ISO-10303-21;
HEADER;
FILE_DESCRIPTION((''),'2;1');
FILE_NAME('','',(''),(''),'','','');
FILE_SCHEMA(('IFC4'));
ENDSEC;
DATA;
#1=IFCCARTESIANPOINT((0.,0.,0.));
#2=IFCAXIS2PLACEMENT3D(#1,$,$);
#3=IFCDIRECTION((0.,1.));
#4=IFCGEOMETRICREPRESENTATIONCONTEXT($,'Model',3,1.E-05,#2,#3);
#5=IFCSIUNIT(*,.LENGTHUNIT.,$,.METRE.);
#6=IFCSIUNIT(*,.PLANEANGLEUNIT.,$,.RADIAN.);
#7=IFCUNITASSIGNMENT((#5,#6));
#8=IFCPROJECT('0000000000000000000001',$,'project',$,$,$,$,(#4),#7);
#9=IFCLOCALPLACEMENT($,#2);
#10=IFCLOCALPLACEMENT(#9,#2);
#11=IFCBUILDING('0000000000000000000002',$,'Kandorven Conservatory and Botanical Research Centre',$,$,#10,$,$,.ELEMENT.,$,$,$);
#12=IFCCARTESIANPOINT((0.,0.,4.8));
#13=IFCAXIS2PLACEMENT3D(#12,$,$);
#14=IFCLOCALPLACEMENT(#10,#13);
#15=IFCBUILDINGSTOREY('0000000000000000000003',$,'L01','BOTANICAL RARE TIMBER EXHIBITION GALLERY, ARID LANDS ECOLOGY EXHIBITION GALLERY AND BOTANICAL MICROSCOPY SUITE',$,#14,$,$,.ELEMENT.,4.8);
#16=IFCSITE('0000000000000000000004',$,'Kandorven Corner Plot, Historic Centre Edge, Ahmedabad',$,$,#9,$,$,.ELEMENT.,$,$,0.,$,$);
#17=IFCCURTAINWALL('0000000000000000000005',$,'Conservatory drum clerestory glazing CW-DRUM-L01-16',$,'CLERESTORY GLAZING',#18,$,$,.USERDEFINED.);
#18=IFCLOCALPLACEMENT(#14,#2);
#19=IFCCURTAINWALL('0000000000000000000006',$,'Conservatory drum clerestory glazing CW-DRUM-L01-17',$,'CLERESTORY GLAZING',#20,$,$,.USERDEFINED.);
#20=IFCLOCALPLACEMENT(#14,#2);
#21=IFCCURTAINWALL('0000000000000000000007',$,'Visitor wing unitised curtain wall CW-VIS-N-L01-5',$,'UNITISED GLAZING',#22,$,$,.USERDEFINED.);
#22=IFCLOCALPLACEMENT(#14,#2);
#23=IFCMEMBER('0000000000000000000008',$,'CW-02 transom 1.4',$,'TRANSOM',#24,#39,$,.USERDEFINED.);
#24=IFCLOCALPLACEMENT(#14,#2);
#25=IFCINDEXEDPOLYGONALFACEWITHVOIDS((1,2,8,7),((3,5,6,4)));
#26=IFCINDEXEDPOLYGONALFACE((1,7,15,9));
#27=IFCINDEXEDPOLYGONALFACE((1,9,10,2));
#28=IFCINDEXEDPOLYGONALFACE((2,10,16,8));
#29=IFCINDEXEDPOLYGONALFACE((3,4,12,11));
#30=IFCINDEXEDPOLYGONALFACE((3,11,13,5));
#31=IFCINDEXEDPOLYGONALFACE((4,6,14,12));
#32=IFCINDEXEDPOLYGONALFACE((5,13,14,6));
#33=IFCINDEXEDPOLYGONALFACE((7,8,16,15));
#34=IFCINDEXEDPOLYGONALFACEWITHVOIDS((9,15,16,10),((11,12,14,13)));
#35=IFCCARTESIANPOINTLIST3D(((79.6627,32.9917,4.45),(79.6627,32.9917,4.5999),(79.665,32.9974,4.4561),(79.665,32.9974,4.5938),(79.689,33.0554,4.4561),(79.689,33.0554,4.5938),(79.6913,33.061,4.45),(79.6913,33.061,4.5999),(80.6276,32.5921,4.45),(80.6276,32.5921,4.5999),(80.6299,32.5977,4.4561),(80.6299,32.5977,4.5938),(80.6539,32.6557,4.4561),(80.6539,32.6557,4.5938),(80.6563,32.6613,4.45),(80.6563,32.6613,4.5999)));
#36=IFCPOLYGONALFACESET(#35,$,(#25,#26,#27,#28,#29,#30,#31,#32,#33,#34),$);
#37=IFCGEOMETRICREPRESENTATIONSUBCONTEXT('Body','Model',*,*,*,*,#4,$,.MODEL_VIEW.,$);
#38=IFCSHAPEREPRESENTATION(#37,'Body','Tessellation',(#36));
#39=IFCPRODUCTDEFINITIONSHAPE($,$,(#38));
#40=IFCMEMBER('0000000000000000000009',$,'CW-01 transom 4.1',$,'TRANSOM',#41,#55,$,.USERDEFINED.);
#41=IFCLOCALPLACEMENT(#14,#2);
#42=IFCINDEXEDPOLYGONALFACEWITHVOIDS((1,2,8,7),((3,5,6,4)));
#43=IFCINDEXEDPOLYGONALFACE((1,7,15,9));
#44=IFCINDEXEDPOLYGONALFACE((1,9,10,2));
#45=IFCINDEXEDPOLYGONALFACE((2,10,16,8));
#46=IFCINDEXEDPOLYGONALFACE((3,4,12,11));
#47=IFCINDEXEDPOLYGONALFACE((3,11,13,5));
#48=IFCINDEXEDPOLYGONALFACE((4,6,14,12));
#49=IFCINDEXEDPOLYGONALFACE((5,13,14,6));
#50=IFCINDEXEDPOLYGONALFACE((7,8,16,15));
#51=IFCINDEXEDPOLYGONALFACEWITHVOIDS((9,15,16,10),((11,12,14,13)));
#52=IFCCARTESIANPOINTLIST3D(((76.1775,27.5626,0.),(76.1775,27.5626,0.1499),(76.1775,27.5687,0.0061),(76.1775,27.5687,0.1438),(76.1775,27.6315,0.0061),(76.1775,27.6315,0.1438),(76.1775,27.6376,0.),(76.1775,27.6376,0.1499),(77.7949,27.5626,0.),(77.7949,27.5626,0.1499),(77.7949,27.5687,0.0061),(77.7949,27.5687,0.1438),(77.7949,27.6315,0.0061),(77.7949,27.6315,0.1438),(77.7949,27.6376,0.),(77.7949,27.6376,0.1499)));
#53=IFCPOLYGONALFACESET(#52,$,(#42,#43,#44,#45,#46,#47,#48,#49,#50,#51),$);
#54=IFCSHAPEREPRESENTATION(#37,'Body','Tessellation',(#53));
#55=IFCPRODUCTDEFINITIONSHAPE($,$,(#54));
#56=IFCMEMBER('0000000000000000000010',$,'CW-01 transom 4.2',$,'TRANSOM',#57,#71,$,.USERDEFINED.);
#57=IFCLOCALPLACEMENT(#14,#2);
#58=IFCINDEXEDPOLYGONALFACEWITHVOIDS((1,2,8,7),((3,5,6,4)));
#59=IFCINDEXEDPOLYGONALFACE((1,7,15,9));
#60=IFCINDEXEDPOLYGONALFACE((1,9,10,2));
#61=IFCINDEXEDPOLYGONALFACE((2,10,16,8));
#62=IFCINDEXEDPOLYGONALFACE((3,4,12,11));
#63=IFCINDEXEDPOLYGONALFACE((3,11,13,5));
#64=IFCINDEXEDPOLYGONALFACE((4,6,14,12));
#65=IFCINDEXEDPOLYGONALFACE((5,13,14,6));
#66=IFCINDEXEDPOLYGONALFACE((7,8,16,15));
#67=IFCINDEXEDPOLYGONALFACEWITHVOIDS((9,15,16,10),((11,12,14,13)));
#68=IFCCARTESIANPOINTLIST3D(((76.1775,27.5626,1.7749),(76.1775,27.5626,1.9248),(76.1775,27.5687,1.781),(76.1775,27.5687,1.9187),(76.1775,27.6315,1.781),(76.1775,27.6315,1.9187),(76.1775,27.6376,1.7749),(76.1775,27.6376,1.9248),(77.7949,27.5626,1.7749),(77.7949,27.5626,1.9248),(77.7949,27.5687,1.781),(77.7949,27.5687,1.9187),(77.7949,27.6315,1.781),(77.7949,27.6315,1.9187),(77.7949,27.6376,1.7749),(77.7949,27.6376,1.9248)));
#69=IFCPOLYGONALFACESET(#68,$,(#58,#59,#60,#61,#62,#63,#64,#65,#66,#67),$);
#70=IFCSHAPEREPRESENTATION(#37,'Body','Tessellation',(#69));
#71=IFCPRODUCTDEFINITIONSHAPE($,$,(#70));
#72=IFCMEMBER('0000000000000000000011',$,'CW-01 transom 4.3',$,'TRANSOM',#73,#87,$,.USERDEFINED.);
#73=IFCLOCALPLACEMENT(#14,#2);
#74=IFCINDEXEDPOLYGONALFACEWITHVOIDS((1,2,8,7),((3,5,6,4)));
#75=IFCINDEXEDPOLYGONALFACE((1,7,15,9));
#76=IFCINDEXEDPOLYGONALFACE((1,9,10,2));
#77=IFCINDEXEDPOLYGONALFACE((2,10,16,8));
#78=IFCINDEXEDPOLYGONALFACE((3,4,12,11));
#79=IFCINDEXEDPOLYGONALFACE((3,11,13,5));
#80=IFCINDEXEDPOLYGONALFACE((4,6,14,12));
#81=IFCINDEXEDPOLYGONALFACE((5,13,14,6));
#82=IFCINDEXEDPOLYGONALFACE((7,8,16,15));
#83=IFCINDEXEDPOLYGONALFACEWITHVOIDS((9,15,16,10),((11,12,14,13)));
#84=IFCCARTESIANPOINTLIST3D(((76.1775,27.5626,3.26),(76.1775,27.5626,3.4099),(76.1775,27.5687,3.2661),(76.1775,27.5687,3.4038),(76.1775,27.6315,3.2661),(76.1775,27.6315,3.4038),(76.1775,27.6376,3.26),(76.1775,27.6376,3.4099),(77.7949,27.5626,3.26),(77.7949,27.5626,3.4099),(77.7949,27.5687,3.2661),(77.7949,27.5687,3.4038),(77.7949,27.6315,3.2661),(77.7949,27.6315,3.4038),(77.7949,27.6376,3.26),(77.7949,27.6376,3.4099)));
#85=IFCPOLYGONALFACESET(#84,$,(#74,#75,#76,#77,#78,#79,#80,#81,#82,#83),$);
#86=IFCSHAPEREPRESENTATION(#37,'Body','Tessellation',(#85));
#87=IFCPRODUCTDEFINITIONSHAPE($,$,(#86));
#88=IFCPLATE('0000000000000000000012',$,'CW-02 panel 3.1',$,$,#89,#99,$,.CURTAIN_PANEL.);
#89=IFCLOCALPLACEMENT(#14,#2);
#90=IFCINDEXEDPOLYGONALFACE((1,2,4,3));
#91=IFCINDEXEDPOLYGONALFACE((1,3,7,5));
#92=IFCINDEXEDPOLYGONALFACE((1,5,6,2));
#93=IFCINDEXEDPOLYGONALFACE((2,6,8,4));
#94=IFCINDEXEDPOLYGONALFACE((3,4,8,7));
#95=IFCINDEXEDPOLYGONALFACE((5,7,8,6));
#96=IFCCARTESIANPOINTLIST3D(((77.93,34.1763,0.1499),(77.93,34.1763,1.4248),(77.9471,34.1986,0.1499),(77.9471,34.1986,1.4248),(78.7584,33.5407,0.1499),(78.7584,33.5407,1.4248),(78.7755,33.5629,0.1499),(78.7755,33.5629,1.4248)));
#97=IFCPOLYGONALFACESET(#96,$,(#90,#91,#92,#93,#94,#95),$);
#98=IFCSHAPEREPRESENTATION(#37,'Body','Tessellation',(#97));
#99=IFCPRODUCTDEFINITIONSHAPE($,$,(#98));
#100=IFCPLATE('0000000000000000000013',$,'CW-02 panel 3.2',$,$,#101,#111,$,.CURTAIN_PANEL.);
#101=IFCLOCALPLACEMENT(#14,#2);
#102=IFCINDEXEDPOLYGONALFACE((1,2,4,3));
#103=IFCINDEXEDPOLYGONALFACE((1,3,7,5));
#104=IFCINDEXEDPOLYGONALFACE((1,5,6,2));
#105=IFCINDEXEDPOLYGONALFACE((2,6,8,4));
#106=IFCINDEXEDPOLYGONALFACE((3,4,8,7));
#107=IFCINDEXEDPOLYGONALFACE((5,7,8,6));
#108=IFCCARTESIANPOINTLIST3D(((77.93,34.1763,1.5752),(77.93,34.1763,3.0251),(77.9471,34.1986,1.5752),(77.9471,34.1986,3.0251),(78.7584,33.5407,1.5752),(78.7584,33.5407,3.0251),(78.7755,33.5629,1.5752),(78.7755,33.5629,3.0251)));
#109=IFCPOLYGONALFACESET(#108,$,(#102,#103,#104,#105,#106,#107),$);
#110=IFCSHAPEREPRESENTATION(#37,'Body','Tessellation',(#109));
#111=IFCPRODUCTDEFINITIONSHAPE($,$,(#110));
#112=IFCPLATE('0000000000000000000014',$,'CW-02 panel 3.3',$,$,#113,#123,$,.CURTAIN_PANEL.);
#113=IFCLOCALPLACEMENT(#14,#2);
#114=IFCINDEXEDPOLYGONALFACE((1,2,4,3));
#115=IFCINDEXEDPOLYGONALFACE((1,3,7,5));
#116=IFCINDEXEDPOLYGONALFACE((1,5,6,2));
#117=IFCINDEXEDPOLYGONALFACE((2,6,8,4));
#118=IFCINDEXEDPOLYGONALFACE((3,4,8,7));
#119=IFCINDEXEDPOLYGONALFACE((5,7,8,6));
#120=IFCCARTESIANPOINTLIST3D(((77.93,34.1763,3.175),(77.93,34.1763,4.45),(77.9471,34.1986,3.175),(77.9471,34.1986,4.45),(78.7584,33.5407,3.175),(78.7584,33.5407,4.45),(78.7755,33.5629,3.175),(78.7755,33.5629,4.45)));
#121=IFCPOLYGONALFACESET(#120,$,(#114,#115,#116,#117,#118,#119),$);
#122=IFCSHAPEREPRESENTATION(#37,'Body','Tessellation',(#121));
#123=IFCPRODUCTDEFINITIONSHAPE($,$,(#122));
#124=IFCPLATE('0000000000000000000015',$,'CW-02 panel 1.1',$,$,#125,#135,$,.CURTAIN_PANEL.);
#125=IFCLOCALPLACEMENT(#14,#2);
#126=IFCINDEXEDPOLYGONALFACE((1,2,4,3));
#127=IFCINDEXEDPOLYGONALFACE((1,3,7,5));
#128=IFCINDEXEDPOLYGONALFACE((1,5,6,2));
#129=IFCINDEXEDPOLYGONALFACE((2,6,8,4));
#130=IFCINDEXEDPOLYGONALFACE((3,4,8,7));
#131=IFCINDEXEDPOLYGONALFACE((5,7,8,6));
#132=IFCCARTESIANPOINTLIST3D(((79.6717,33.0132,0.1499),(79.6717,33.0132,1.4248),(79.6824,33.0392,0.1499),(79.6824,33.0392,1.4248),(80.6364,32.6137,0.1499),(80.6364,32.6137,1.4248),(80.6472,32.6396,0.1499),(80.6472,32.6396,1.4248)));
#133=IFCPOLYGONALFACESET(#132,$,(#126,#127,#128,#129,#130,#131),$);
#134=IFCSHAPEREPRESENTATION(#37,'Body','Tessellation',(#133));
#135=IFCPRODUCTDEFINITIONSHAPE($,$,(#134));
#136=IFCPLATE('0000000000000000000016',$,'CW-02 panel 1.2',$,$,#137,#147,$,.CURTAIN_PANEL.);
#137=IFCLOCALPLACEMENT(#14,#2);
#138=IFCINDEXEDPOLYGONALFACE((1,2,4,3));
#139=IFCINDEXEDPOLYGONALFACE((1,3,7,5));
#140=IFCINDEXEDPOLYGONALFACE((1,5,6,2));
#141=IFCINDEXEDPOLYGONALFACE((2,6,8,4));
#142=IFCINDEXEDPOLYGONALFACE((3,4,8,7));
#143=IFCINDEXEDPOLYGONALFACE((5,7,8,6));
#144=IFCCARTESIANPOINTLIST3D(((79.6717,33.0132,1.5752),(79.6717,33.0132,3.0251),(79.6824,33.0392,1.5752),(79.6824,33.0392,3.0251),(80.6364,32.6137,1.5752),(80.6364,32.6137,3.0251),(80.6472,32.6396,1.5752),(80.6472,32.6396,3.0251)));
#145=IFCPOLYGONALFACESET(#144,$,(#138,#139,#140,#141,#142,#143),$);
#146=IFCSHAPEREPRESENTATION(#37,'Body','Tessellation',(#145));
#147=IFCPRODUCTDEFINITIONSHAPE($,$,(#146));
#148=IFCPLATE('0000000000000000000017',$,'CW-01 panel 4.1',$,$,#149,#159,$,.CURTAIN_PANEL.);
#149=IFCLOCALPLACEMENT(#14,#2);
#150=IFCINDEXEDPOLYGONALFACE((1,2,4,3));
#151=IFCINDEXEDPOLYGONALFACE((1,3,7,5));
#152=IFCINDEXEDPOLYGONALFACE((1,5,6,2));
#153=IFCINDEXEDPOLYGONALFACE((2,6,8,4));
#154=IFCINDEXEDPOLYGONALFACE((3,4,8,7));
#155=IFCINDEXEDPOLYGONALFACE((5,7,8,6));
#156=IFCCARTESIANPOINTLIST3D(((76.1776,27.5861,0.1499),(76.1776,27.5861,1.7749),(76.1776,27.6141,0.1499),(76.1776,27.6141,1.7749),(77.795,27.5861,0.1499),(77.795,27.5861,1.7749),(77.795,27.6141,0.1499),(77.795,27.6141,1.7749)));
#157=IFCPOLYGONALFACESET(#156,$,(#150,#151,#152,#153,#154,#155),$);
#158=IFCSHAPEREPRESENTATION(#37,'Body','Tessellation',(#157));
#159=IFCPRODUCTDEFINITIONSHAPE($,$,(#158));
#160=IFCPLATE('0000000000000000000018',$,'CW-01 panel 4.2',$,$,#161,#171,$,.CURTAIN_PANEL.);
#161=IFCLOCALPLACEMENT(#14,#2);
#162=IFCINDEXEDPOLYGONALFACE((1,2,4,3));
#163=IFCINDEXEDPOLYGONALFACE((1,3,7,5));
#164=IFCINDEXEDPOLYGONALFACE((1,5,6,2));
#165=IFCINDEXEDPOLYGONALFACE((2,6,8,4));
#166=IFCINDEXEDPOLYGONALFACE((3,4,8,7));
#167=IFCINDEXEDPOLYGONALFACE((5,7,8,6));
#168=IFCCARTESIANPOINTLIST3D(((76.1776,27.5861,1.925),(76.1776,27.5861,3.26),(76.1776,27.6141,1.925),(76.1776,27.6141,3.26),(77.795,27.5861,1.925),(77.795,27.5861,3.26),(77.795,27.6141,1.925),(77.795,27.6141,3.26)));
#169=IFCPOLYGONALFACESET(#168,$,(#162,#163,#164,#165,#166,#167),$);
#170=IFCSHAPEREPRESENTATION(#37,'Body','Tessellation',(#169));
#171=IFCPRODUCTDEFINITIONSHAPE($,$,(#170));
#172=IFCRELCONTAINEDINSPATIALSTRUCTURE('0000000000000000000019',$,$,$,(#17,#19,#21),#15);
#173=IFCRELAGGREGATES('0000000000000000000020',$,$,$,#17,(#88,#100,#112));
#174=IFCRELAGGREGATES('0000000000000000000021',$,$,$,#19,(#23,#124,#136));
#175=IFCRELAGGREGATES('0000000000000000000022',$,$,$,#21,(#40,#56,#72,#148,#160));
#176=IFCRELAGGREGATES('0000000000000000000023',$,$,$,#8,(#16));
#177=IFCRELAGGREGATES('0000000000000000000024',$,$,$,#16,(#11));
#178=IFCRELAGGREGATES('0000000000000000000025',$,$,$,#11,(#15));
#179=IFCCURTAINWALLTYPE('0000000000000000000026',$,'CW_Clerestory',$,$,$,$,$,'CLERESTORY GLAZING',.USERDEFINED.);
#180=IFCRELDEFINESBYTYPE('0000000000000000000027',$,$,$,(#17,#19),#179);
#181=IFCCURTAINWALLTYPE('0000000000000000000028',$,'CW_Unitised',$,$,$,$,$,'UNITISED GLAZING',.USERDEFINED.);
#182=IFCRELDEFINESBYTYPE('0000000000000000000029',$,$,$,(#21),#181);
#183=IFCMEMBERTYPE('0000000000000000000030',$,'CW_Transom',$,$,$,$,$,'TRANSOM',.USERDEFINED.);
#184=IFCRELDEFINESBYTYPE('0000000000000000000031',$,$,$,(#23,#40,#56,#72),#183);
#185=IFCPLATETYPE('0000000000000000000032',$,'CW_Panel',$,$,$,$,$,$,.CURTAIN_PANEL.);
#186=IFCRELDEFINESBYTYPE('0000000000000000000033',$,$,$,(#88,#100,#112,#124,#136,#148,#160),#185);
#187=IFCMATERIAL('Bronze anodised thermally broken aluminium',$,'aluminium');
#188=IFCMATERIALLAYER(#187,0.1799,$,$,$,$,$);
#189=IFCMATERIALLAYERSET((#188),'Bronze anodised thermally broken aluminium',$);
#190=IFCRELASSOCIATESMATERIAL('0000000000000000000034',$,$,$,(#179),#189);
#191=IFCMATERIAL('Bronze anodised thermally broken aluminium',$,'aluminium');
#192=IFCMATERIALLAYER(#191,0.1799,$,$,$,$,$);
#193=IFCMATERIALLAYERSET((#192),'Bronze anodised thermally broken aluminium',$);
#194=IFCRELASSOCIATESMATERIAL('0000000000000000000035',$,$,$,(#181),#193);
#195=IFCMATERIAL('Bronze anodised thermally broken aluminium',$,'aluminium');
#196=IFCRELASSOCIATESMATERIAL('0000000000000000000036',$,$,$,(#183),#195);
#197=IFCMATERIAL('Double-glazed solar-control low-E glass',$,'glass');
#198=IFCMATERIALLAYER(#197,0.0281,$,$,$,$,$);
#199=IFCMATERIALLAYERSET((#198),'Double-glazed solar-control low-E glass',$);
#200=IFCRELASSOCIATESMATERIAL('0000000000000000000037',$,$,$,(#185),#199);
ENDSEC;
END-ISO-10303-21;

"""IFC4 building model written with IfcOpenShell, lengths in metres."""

from ifc_helpers import new_model, si_unit, direction, frame, origin, origin_2d, place, context, subcontext, project, spatial, rectangle, hollow_rectangle, extrude, material, layer, layer_set, material_profile, profile_set, type_object, element, aggregate, save


model = new_model("IFC4")

# Units and contexts
model_context = context("Model", 3, precision=1e-05, world=origin(), true_north=direction((0.0, 1.0)))
body_context = subcontext(model_context, "Body", "Model", "MODEL_VIEW")
ifc_project = project(units=[si_unit("LENGTHUNIT", "METRE"), si_unit("PLANEANGLEUNIT", "RADIAN")], contexts=[model_context])

# Site, building, storey
site_placement = place(None, origin())
site = spatial("IfcSite", under=ifc_project, at=site_placement, Name="Kandorven Corner Plot, Historic Centre Edge, Ahmedabad", CompositionType="ELEMENT", RefElevation=0.0)
building_placement = place(site_placement, origin())
building = spatial("IfcBuilding", under=site, at=building_placement, Name="Kandorven Conservatory and Botanical Research Centre", CompositionType="ELEMENT")
storey_placement = place(building_placement, frame((0.0, 0.0, 4.8)))
storey = spatial("IfcBuildingStorey", under=building, at=storey_placement, Name="L01", Description="BOTANICAL RARE TIMBER EXHIBITION GALLERY, ARID LANDS ECOLOGY EXHIBITION GALLERY AND BOTANICAL MICROSCOPY SUITE", CompositionType="ELEMENT", Elevation=4.8)

# Curtain walls
ifc_material_1 = material(Name="Bronze anodised thermally broken aluminium", Category="aluminium")
ifc_layer_1 = layer(ifc_material_1, 0.1799)
ifc_layer_set_1 = layer_set([ifc_layer_1], Name="Bronze anodised thermally broken aluminium")
curtain_wall_type_1 = type_object("IfcCurtainWallType", Name="CW_Clerestory", ElementType="CLERESTORY GLAZING", PredefinedType="USERDEFINED", material=ifc_layer_set_1)
curtain_wall_1_placement = place(storey_placement, origin())
curtain_wall_1 = element("IfcCurtainWall", 1, at=curtain_wall_1_placement, inside=storey, type_object=curtain_wall_type_1, Name="Conservatory drum clerestory glazing CW-DRUM-L01-16", ObjectType="CLERESTORY GLAZING", PredefinedType="USERDEFINED")
curtain_wall_2_placement = place(storey_placement, origin())
curtain_wall_2 = element("IfcCurtainWall", 2, at=curtain_wall_2_placement, inside=storey, type_object=curtain_wall_type_1, Name="Conservatory drum clerestory glazing CW-DRUM-L01-17", ObjectType="CLERESTORY GLAZING", PredefinedType="USERDEFINED")

# Curtain wall
ifc_material_2 = material(Name="Bronze anodised thermally broken aluminium", Category="aluminium")
ifc_layer_2 = layer(ifc_material_2, 0.1799)
ifc_layer_set_2 = layer_set([ifc_layer_2], Name="Bronze anodised thermally broken aluminium")
curtain_wall_type_2 = type_object("IfcCurtainWallType", Name="CW_Unitised", ElementType="UNITISED GLAZING", PredefinedType="USERDEFINED", material=ifc_layer_set_2)
curtain_wall_3_placement = place(storey_placement, origin())
curtain_wall_3 = element("IfcCurtainWall", 3, at=curtain_wall_3_placement, inside=storey, type_object=curtain_wall_type_2, Name="Visitor wing unitised curtain wall CW-VIS-N-L01-5", ObjectType="UNITISED GLAZING", PredefinedType="USERDEFINED")

# Members
ifc_material_3 = material(Name="Bronze anodised thermally broken aluminium", Category="aluminium")
ifc_material_profile_1 = material_profile(ifc_material_3, hollow_rectangle(XDim=0.075, YDim=0.1499, WallThickness=0.0061, at=origin_2d()))
ifc_profile_set_1 = profile_set([ifc_material_profile_1], Name="Bronze anodised thermally broken aluminium")
member_type_1 = type_object("IfcMemberType", Name="CW_Transom", ElementType="TRANSOM", PredefinedType="USERDEFINED", material=ifc_profile_set_1)
member_1_placement = place(storey_placement, frame((79.677, 33.0264, 4.5249), z_axis=(0.923877, -0.382689, 0.0), x_axis=(0.382689, 0.923877, 0.0)))
member_1 = element("IfcMember", 4, at=member_1_placement, type_object=member_type_1, Name="CW-02 transom 1.4", ObjectType="TRANSOM", PredefinedType="USERDEFINED", context=body_context, shape_type="SweptSolid", body=[
    extrude(hollow_rectangle(XDim=0.075, YDim=0.1499, WallThickness=0.0061, at=origin_2d()), origin(), (0.0, 0.0, 1.0), 1.0444),
])
member_2_placement = place(storey_placement, frame((76.1775, 27.6001, 0.075), z_axis=(1.0, 0.0, 0.0), x_axis=(0.0, 1.0, 0.0)))
member_2 = element("IfcMember", 5, at=member_2_placement, type_object=member_type_1, Name="CW-01 transom 4.1", ObjectType="TRANSOM", PredefinedType="USERDEFINED", context=body_context, shape_type="SweptSolid", body=[
    extrude(hollow_rectangle(XDim=0.075, YDim=0.1499, WallThickness=0.0061, at=origin_2d()), origin(), (0.0, 0.0, 1.0), 1.6174),
])
member_3_placement = place(storey_placement, frame((76.1775, 27.6001, 1.8499), z_axis=(1.0, 0.0, 0.0), x_axis=(0.0, 1.0, 0.0)))
member_3 = element("IfcMember", 6, at=member_3_placement, type_object=member_type_1, Name="CW-01 transom 4.2", ObjectType="TRANSOM", PredefinedType="USERDEFINED", context=body_context, shape_type="SweptSolid", body=[
    extrude(hollow_rectangle(XDim=0.075, YDim=0.1499, WallThickness=0.0061, at=origin_2d()), origin(), (0.0, 0.0, 1.0), 1.6174),
])
member_4_placement = place(storey_placement, frame((76.1775, 27.6001, 3.335), z_axis=(1.0, 0.0, 0.0), x_axis=(0.0, 1.0, 0.0)))
member_4 = element("IfcMember", 7, at=member_4_placement, type_object=member_type_1, Name="CW-01 transom 4.3", ObjectType="TRANSOM", PredefinedType="USERDEFINED", context=body_context, shape_type="SweptSolid", body=[
    extrude(hollow_rectangle(XDim=0.075, YDim=0.1499, WallThickness=0.0061, at=origin_2d()), origin(), (0.0, 0.0, 1.0), 1.6174),
])

# Plates
ifc_material_4 = material(Name="Double-glazed solar-control low-E glass", Category="glass")
ifc_layer_3 = layer(ifc_material_4, 0.0281)
ifc_layer_set_3 = layer_set([ifc_layer_3], Name="Double-glazed solar-control low-E glass")
plate_type = type_object("IfcPlateType", Name="CW_Panel", PredefinedType="CURTAIN_PANEL", material=ifc_layer_set_3)
plate_1_placement = place(storey_placement, frame((78.3528, 33.8696, 0.1499), z_axis=(0.0, 0.0, 1.0), x_axis=(0.793347, -0.608769, 0.0)))
plate_1 = element("IfcPlate", 8, at=plate_1_placement, type_object=plate_type, Name="CW-02 panel 3.1", PredefinedType="CURTAIN_PANEL", context=body_context, shape_type="SweptSolid", body=[
    extrude(rectangle(XDim=1.0442, YDim=0.0281, at=origin_2d()), origin(), (0.0, 0.0, 1.0), 1.2749),
])
plate_2_placement = place(storey_placement, frame((78.3528, 33.8696, 1.5752), z_axis=(0.0, 0.0, 1.0), x_axis=(0.793347, -0.608769, 0.0)))
plate_2 = element("IfcPlate", 9, at=plate_2_placement, type_object=plate_type, Name="CW-02 panel 3.2", PredefinedType="CURTAIN_PANEL", context=body_context, shape_type="SweptSolid", body=[
    extrude(rectangle(XDim=1.0442, YDim=0.0281, at=origin_2d()), origin(), (0.0, 0.0, 1.0), 1.45),
])
plate_3_placement = place(storey_placement, frame((78.3528, 33.8696, 3.175), z_axis=(0.0, 0.0, 1.0), x_axis=(0.793347, -0.608769, 0.0)))
plate_3 = element("IfcPlate", 10, at=plate_3_placement, type_object=plate_type, Name="CW-02 panel 3.3", PredefinedType="CURTAIN_PANEL", context=body_context, shape_type="SweptSolid", body=[
    extrude(rectangle(XDim=1.0442, YDim=0.0281, at=origin_2d()), origin(), (0.0, 0.0, 1.0), 1.2749),
])
aggregate(curtain_wall_1, [plate_1, plate_2, plate_3])
plate_4_placement = place(storey_placement, frame((80.1594, 32.8264, 0.1499), z_axis=(0.0, 0.0, 1.0), x_axis=(0.923886, -0.382669, 0.0)))
plate_4 = element("IfcPlate", 11, at=plate_4_placement, type_object=plate_type, Name="CW-02 panel 1.1", PredefinedType="CURTAIN_PANEL", context=body_context, shape_type="SweptSolid", body=[
    extrude(rectangle(XDim=1.0442, YDim=0.0281, at=origin_2d()), origin(), (0.0, 0.0, 1.0), 1.2749),
])
plate_5_placement = place(storey_placement, frame((80.1594, 32.8264, 1.5752), z_axis=(0.0, 0.0, 1.0), x_axis=(0.923886, -0.382669, 0.0)))
plate_5 = element("IfcPlate", 12, at=plate_5_placement, type_object=plate_type, Name="CW-02 panel 1.2", PredefinedType="CURTAIN_PANEL", context=body_context, shape_type="SweptSolid", body=[
    extrude(rectangle(XDim=1.0442, YDim=0.0281, at=origin_2d()), origin(), (0.0, 0.0, 1.0), 1.45),
])
aggregate(curtain_wall_2, [member_1, plate_4, plate_5])
plate_6_placement = place(storey_placement, frame((76.9863, 27.6001, 0.1499), z_axis=(0.0, 0.0, 1.0), x_axis=(1.0, 0.0, 0.0)))
plate_6 = element("IfcPlate", 13, at=plate_6_placement, type_object=plate_type, Name="CW-01 panel 4.1", PredefinedType="CURTAIN_PANEL", context=body_context, shape_type="SweptSolid", body=[
    extrude(rectangle(XDim=1.6174, YDim=0.0281, at=origin_2d()), origin(), (0.0, 0.0, 1.0), 1.625),
])
plate_7_placement = place(storey_placement, frame((76.9863, 27.6001, 1.925), z_axis=(0.0, 0.0, 1.0), x_axis=(1.0, 0.0, 0.0)))
plate_7 = element("IfcPlate", 14, at=plate_7_placement, type_object=plate_type, Name="CW-01 panel 4.2", PredefinedType="CURTAIN_PANEL", context=body_context, shape_type="SweptSolid", body=[
    extrude(rectangle(XDim=1.6174, YDim=0.0281, at=origin_2d()), origin(), (0.0, 0.0, 1.0), 1.335),
])
aggregate(curtain_wall_3, [member_2, member_3, member_4, plate_6, plate_7])

save(model, "model.ifc")
